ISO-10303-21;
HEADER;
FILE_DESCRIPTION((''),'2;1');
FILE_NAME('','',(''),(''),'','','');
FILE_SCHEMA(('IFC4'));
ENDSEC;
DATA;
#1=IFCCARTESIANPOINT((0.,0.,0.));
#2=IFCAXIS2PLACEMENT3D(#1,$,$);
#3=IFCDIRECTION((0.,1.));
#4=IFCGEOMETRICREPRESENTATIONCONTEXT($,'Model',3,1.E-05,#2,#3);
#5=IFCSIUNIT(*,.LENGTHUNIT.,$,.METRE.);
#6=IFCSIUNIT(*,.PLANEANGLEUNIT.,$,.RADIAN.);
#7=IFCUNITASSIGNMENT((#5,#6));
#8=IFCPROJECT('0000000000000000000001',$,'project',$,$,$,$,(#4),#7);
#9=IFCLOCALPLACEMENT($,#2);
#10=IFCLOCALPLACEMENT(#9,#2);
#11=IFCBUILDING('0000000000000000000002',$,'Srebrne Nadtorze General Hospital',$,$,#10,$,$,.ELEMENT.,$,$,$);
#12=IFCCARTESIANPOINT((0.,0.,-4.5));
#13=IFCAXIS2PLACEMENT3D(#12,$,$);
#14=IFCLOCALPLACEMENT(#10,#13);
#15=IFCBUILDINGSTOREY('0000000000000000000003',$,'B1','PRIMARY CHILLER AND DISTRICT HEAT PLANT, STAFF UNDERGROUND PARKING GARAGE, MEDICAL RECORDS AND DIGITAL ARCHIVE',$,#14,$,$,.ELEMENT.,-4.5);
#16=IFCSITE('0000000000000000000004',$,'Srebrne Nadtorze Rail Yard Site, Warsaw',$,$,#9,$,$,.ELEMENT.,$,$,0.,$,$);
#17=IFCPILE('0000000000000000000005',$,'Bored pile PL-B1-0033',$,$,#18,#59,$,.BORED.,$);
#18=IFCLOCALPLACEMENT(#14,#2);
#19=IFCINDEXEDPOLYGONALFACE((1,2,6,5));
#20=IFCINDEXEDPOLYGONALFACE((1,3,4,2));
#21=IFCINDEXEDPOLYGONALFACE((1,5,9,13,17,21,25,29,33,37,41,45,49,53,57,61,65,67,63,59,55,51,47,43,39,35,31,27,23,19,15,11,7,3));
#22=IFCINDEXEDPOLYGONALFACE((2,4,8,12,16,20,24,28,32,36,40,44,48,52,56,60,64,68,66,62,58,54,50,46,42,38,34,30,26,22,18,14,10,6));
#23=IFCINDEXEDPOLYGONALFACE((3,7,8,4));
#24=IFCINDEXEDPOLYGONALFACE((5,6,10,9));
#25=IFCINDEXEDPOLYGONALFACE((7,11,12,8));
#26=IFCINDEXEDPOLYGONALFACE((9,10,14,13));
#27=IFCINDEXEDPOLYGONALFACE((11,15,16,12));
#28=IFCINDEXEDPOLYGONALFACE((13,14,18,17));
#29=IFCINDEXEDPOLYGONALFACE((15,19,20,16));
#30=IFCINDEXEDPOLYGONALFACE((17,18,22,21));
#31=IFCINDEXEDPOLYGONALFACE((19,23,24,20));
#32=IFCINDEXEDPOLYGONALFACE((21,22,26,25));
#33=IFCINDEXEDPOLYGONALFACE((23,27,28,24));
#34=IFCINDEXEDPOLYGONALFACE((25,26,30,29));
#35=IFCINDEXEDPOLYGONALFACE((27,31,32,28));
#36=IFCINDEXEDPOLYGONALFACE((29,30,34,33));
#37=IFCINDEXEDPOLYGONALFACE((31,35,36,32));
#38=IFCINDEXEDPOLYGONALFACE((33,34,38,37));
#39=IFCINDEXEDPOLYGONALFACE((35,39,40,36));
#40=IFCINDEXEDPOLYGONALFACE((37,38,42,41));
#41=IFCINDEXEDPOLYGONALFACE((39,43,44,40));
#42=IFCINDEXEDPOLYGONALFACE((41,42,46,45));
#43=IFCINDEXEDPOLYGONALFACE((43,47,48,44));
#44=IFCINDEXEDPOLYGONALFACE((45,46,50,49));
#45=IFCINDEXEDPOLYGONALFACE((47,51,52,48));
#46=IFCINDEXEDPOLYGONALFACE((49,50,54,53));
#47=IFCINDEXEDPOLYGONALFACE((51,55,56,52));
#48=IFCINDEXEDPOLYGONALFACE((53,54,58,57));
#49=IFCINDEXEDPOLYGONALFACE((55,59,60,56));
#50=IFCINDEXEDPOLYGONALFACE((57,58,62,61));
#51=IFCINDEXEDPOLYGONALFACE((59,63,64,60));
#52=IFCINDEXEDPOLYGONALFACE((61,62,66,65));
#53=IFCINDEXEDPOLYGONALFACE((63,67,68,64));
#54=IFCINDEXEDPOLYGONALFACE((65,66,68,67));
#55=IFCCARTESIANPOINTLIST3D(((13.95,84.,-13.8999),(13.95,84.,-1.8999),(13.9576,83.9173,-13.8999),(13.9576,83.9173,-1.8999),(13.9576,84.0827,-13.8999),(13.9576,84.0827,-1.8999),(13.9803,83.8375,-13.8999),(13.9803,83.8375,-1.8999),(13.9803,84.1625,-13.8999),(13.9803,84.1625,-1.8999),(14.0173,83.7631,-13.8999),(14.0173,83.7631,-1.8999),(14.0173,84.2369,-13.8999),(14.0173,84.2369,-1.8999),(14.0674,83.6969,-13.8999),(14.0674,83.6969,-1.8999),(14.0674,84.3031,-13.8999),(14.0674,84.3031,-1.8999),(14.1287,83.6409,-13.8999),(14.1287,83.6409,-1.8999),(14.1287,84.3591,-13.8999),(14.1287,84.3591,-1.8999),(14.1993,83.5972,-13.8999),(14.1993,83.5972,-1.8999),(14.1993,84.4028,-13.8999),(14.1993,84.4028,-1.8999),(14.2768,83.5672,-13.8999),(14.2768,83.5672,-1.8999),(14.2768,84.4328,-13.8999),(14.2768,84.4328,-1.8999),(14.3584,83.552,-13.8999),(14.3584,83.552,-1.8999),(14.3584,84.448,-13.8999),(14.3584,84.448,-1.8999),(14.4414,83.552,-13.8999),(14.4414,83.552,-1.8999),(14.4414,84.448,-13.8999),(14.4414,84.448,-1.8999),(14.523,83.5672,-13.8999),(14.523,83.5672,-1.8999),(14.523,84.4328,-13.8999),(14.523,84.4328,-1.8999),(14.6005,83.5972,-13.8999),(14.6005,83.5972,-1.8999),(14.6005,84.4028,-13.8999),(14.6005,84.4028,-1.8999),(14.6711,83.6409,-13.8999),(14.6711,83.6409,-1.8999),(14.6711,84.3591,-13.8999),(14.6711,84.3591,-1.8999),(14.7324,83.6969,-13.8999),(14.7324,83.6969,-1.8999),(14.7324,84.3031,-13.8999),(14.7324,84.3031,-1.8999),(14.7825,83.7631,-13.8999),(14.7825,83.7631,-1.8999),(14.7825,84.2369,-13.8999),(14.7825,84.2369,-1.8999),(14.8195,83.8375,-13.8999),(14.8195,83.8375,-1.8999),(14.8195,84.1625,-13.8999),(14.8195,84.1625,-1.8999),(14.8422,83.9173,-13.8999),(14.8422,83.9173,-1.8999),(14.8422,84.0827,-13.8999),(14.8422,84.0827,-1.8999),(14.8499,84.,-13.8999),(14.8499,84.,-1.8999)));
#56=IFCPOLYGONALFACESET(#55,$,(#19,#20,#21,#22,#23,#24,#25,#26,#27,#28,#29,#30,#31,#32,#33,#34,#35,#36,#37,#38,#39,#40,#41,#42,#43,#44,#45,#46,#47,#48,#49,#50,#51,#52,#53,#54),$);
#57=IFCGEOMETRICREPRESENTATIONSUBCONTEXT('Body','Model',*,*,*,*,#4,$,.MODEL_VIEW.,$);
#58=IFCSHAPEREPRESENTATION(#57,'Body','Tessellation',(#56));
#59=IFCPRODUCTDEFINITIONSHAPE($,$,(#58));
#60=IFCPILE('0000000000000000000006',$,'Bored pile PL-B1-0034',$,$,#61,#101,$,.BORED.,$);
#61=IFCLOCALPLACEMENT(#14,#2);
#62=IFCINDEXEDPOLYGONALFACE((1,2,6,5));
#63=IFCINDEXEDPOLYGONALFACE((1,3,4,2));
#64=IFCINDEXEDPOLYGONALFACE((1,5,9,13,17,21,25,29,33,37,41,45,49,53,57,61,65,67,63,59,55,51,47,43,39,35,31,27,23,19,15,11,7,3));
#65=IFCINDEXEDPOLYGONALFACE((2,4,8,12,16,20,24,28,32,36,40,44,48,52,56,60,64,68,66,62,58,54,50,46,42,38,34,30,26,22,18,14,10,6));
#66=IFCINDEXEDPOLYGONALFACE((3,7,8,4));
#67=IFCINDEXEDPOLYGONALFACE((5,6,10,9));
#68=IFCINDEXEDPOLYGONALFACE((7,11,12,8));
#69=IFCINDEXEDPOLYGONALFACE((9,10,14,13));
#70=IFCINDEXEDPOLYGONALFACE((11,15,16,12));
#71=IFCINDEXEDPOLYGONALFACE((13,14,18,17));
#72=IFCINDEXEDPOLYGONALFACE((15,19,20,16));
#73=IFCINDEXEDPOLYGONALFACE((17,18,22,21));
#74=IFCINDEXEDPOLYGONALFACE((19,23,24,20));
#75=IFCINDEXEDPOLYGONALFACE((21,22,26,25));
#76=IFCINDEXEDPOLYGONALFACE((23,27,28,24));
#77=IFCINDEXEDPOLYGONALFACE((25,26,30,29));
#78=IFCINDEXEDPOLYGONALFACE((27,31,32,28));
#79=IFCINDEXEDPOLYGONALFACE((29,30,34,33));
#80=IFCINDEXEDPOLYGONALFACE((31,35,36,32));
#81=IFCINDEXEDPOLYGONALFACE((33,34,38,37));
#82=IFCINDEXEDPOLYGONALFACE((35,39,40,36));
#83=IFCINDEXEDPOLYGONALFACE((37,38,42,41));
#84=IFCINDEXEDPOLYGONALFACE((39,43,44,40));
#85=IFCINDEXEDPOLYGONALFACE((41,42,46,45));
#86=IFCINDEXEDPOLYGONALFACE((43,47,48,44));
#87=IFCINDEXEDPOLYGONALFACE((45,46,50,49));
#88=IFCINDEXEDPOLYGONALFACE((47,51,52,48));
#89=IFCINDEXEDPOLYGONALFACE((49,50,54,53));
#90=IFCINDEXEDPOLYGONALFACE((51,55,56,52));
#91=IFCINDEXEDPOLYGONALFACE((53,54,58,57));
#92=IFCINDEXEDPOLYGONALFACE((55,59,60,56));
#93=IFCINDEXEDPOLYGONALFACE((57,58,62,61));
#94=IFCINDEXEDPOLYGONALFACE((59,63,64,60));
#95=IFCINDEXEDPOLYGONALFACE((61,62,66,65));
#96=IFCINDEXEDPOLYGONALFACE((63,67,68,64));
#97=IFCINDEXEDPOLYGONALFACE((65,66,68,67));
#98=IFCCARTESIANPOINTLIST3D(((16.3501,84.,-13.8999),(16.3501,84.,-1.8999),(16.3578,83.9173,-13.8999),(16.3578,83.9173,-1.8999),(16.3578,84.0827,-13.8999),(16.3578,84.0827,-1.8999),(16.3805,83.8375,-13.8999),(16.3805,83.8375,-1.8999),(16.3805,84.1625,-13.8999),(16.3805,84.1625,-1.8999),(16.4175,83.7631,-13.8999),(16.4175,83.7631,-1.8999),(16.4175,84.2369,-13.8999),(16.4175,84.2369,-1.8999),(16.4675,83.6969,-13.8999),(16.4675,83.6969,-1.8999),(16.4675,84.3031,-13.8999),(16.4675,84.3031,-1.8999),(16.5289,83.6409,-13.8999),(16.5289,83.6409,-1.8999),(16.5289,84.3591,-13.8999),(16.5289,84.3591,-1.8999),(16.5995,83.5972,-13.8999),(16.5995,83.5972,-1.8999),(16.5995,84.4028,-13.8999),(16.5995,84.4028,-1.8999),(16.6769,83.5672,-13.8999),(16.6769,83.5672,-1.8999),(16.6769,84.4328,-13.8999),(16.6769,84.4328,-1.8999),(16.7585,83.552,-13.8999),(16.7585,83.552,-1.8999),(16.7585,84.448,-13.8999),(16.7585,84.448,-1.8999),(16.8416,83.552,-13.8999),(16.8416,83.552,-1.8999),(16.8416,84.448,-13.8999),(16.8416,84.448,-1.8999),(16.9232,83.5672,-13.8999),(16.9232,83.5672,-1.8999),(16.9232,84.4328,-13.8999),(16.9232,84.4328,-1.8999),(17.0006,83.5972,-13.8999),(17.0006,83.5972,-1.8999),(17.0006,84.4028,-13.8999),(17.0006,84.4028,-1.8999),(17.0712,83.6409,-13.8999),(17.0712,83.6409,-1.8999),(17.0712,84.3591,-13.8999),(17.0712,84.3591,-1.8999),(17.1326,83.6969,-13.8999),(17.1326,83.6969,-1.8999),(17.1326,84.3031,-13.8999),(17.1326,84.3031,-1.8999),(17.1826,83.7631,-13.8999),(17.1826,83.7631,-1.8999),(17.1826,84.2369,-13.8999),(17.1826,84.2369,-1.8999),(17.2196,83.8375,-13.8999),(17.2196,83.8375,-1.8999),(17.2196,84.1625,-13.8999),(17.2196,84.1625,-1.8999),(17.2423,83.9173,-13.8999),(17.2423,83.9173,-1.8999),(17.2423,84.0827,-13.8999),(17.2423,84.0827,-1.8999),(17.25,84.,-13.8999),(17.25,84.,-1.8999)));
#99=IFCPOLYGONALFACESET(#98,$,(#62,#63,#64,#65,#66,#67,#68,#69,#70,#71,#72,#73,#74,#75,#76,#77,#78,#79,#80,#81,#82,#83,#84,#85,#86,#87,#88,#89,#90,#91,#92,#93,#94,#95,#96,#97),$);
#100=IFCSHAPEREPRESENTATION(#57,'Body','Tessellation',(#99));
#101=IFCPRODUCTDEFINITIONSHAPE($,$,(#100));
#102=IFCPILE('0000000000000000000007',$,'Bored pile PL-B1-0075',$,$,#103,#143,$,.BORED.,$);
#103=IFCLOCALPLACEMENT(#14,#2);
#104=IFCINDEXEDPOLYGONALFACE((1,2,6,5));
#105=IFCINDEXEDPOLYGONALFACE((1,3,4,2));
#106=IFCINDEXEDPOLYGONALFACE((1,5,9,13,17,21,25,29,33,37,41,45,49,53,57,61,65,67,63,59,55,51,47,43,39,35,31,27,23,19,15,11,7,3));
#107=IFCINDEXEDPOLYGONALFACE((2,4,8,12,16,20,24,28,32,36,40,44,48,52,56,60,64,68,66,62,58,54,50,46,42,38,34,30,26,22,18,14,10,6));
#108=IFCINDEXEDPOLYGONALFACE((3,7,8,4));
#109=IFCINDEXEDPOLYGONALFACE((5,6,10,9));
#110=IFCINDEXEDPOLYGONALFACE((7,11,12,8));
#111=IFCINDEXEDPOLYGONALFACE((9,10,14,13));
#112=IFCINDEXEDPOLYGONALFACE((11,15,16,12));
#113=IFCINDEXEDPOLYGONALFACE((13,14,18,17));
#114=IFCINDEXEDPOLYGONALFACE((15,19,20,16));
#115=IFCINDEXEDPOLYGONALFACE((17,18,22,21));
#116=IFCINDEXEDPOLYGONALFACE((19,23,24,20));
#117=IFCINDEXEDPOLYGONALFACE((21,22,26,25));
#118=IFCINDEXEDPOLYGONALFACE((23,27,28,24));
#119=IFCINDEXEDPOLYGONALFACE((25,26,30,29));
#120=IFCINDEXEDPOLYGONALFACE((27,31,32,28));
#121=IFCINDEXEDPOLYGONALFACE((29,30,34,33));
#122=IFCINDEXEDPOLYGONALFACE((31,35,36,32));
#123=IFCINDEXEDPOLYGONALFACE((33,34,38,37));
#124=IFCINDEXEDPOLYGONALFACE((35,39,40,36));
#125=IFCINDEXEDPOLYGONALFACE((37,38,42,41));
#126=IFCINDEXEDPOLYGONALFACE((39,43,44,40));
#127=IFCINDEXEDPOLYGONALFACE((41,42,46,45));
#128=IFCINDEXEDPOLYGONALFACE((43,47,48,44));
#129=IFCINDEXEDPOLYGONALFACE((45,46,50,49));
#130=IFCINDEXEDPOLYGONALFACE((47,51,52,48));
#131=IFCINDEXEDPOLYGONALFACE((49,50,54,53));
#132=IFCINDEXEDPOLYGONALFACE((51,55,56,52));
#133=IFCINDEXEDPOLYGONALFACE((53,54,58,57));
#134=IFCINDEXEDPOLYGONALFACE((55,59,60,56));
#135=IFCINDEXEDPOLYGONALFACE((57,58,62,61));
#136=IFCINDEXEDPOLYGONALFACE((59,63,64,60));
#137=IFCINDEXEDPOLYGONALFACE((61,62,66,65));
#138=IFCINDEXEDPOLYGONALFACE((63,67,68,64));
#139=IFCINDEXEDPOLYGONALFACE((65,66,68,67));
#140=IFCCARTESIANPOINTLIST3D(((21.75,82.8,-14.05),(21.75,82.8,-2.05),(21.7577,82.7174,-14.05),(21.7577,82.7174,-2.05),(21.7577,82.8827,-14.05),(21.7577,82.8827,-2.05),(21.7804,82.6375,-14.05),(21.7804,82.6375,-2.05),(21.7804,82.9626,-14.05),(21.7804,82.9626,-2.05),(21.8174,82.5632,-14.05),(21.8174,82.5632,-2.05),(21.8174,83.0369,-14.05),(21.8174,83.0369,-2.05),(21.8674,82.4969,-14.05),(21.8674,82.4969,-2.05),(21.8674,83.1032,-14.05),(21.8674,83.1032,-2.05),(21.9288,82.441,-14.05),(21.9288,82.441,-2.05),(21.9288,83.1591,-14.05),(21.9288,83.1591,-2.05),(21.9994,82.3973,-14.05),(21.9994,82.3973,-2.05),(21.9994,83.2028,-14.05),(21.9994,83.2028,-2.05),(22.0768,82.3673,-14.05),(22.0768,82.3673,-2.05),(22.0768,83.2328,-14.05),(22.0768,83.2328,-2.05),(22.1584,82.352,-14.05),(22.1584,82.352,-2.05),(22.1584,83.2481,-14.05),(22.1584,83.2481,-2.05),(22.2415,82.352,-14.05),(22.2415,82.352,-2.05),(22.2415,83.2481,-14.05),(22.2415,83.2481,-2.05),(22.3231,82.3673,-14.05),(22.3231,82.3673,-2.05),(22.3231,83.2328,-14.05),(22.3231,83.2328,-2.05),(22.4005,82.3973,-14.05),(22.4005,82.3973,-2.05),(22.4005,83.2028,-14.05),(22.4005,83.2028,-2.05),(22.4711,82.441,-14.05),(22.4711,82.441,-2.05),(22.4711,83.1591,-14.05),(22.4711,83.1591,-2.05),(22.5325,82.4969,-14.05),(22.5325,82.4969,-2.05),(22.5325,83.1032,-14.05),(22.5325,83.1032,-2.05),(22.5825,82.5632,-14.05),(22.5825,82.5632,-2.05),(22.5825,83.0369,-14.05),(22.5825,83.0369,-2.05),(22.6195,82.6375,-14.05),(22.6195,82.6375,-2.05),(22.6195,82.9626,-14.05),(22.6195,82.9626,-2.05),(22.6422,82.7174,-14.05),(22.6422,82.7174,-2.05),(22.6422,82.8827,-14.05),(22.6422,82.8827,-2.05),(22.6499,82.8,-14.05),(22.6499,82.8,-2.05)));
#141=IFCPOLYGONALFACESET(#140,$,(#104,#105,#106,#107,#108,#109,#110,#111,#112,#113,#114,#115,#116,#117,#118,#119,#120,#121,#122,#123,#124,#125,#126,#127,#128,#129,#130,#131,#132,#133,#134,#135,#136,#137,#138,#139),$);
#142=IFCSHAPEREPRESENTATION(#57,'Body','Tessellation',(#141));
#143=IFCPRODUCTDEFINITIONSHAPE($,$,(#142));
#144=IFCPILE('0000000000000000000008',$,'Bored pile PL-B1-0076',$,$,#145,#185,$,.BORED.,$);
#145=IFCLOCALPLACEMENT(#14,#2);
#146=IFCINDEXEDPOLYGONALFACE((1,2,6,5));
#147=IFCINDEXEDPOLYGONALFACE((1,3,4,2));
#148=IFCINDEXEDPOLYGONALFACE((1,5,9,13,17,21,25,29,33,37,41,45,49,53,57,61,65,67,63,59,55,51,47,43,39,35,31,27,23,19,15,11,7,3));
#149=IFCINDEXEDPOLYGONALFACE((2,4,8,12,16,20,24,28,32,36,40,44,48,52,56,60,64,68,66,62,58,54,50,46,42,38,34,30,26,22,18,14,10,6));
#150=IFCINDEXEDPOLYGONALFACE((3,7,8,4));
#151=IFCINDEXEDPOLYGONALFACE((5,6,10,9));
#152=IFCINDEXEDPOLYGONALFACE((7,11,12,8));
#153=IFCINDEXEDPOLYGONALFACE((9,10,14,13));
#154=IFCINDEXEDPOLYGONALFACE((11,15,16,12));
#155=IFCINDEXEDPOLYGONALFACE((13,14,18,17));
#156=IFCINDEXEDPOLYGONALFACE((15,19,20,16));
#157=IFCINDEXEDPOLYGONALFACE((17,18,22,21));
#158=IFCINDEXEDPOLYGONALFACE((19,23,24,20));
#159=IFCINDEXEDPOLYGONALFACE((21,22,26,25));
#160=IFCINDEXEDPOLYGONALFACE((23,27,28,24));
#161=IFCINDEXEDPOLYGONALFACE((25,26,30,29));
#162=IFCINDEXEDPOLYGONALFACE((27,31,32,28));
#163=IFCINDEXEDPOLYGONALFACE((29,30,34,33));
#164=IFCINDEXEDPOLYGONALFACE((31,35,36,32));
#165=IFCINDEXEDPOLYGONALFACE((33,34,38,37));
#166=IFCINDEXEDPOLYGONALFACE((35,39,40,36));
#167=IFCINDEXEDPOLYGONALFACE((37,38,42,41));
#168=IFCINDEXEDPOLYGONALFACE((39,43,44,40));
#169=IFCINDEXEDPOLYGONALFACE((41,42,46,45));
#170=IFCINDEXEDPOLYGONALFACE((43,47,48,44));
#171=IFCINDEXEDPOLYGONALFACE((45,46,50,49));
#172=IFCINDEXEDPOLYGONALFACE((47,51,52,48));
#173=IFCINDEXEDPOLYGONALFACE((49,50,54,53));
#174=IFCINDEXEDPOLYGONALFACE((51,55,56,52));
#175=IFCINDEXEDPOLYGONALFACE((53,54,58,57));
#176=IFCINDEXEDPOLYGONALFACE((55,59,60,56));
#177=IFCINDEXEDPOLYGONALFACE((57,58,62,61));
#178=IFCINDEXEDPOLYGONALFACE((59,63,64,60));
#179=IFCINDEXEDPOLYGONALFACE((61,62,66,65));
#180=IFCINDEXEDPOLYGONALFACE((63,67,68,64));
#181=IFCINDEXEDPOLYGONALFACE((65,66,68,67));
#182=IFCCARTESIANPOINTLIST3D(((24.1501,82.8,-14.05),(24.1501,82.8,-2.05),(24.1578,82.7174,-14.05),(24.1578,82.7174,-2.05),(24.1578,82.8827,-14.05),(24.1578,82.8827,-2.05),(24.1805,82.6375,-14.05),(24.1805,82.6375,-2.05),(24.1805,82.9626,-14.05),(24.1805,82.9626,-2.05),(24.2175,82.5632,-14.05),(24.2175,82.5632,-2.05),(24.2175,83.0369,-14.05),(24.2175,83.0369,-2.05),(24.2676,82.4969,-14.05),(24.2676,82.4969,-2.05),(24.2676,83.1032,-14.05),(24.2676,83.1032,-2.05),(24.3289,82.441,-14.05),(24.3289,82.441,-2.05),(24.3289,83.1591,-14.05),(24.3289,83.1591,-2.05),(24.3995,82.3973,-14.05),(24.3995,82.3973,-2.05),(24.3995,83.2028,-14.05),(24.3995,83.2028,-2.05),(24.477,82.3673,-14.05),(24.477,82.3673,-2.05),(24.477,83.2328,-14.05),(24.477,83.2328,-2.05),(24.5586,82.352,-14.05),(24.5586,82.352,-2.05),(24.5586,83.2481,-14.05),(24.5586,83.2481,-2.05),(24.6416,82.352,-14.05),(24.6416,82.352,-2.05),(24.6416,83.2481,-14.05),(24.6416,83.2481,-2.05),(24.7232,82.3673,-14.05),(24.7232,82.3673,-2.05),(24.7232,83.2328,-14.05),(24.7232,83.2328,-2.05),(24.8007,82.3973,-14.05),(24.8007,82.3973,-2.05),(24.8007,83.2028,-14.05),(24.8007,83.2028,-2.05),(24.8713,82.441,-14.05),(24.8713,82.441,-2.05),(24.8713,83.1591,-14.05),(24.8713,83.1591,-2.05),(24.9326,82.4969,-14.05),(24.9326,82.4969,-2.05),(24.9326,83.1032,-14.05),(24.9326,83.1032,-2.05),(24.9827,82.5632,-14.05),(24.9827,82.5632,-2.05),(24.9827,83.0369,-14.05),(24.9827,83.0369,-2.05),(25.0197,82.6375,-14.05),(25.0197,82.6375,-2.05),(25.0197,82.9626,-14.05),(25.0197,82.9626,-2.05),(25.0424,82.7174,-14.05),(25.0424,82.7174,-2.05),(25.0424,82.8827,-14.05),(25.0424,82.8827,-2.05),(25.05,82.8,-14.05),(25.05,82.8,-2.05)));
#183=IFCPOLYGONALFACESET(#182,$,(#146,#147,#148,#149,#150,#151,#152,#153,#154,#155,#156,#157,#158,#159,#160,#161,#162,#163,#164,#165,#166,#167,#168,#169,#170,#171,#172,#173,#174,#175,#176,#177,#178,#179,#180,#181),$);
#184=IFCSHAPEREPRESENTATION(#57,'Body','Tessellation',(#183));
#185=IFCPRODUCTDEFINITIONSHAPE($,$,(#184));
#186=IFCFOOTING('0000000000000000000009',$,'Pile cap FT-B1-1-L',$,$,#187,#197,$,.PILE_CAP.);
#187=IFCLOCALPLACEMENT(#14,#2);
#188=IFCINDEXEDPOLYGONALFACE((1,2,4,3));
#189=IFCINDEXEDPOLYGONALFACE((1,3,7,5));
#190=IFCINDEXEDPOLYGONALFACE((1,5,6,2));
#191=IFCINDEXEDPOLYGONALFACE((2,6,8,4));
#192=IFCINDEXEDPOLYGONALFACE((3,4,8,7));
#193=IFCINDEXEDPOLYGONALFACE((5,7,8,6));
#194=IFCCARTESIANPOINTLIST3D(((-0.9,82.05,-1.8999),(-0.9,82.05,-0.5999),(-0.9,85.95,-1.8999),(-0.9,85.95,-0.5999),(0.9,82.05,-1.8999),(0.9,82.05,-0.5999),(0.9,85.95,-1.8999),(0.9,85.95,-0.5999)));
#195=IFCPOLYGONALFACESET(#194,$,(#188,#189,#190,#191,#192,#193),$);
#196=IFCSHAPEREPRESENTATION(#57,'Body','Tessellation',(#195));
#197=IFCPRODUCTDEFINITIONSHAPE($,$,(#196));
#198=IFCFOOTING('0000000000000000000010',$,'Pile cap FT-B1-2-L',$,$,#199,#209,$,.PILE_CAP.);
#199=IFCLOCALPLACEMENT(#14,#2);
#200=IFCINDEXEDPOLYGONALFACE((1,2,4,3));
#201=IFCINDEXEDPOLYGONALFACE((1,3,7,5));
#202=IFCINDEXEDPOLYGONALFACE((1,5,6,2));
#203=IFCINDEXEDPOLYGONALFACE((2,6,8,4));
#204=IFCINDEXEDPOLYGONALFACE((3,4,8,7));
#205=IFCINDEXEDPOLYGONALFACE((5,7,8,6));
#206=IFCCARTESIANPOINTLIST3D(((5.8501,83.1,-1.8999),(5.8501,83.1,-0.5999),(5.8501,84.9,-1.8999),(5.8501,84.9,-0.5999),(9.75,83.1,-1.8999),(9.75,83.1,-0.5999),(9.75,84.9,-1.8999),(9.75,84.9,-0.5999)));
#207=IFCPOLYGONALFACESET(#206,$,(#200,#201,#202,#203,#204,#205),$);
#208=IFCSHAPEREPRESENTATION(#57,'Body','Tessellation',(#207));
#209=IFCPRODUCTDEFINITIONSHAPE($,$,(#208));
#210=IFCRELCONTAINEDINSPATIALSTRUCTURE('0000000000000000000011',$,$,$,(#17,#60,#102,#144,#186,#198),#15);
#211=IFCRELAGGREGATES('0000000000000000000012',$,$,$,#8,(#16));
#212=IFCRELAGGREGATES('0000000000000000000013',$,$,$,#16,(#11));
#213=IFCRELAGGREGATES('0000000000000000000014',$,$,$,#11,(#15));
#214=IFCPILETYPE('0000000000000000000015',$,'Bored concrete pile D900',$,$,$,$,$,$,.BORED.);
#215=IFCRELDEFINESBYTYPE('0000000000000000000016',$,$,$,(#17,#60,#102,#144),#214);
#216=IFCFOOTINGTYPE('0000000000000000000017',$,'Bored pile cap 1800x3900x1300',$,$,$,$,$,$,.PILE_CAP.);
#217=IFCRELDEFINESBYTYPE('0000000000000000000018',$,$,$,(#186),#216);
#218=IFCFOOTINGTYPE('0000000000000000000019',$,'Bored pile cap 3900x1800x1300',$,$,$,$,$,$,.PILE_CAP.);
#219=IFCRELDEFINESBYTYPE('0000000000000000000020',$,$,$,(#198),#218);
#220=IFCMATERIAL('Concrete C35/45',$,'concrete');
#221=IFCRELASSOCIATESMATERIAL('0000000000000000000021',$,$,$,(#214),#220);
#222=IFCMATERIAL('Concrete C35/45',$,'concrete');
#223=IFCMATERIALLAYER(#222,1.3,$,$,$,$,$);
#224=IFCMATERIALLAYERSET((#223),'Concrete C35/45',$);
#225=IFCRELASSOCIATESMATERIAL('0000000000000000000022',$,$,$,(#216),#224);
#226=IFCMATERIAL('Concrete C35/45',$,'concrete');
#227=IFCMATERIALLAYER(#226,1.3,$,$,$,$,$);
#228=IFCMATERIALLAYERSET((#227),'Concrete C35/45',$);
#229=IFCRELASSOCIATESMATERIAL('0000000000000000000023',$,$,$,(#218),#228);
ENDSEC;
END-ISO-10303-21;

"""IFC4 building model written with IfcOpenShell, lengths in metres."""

from ifc_helpers import new_model, si_unit, direction, frame, origin, origin_2d, place, context, subcontext, project, spatial, rectangle, circle, extrude, material, layer, layer_set, material_profile, profile_set, type_object, element, save


model = new_model("IFC4")

# Units and contexts
model_context = context("Model", 3, precision=1e-05, world=origin(), true_north=direction((0.0, 1.0)))
body_context = subcontext(model_context, "Body", "Model", "MODEL_VIEW")
ifc_project = project(units=[si_unit("LENGTHUNIT", "METRE"), si_unit("PLANEANGLEUNIT", "RADIAN")], contexts=[model_context])

# Site, building, storey
site_placement = place(None, origin())
site = spatial("IfcSite", under=ifc_project, at=site_placement, Name="Srebrne Nadtorze Rail Yard Site, Warsaw", CompositionType="ELEMENT", RefElevation=0.0)
building_placement = place(site_placement, origin())
building = spatial("IfcBuilding", under=site, at=building_placement, Name="Srebrne Nadtorze General Hospital", CompositionType="ELEMENT")
storey_placement = place(building_placement, frame((0.0, 0.0, -4.5)))
storey = spatial("IfcBuildingStorey", under=building, at=storey_placement, Name="B1", Description="PRIMARY CHILLER AND DISTRICT HEAT PLANT, STAFF UNDERGROUND PARKING GARAGE, MEDICAL RECORDS AND DIGITAL ARCHIVE", CompositionType="ELEMENT", Elevation=-4.5)

# Piles
ifc_material_1 = material(Name="Concrete C35/45", Category="concrete")
ifc_material_profile_1 = material_profile(ifc_material_1, circle(Radius=0.45, at=origin_2d()), Name="PILE-D900")
ifc_profile_set_1 = profile_set([ifc_material_profile_1], Name="Concrete C35/45")
pile_type_1 = type_object("IfcPileType", Name="Bored concrete pile D900", PredefinedType="BORED", material=ifc_profile_set_1)
for number, where, z_axis, x_axis, name in (
    (1, (14.3999, 84.0, -1.8999), (0.0, 0.0, -1.0), (1.0, 0.0, 0.0), "Bored pile PL-B1-0033"),
    (2, (16.8, 84.0, -1.8999), (0.0, 0.0, -1.0), (1.0, 0.0, 0.0), "Bored pile PL-B1-0034"),
    (3, (22.2, 82.8, -2.05), (0.0, 0.0, -1.0), (1.0, 0.0, 0.0), "Bored pile PL-B1-0075"),
    (4, (24.6001, 82.8, -2.05), (0.0, 0.0, -1.0), (1.0, 0.0, 0.0), "Bored pile PL-B1-0076"),
):
    element("IfcPile", number, at=place(storey_placement, frame(where, z_axis=z_axis, x_axis=x_axis)), inside=storey, type_object=pile_type_1, Name=name, PredefinedType="BORED", context=body_context, shape_type="SweptSolid", body=[
        extrude(circle(Radius=0.45, at=origin_2d()), origin(), (0.0, 0.0, 1.0), 12.0),
    ])

# Footings
ifc_material_2 = material(Name="Concrete C35/45", Category="concrete")
ifc_layer_1 = layer(ifc_material_2, 1.3)
ifc_layer_set_1 = layer_set([ifc_layer_1], Name="Concrete C35/45")
footing_type_1 = type_object("IfcFootingType", Name="Bored pile cap 1800x3900x1300", PredefinedType="PILE_CAP", material=ifc_layer_set_1)
footing_1_placement = place(storey_placement, frame((0.0, 84.0, -1.8999), z_axis=(0.0, 0.0, 1.0), x_axis=(1.0, 0.0, 0.0)))
element("IfcFooting", 5, at=footing_1_placement, inside=storey, type_object=footing_type_1, Name="Pile cap FT-B1-1-L", PredefinedType="PILE_CAP", context=body_context, shape_type="SweptSolid", body=[
    extrude(rectangle(XDim=1.8, YDim=3.8999, at=origin_2d()), origin(), (0.0, 0.0, 1.0), 1.3),
])
ifc_material_3 = material(Name="Concrete C35/45", Category="concrete")
ifc_layer_2 = layer(ifc_material_3, 1.3)
ifc_layer_set_2 = layer_set([ifc_layer_2], Name="Concrete C35/45")
footing_type_2 = type_object("IfcFootingType", Name="Bored pile cap 3900x1800x1300", PredefinedType="PILE_CAP", material=ifc_layer_set_2)
for number, where, z_axis, x_axis, name in (
    (6, (7.8, 84.0, -1.8999), (0.0, 0.0, 1.0), (1.0, 0.0, 0.0), "Pile cap FT-B1-2-L"),
):
    element("IfcFooting", number, at=place(storey_placement, frame(where, z_axis=z_axis, x_axis=x_axis)), inside=storey, type_object=footing_type_2, Name=name, PredefinedType="PILE_CAP", context=body_context, shape_type="SweptSolid", body=[
        extrude(rectangle(XDim=3.8999, YDim=1.8, at=origin_2d()), origin(), (0.0, 0.0, 1.0), 1.3),
    ])

save(model, "model.ifc")
